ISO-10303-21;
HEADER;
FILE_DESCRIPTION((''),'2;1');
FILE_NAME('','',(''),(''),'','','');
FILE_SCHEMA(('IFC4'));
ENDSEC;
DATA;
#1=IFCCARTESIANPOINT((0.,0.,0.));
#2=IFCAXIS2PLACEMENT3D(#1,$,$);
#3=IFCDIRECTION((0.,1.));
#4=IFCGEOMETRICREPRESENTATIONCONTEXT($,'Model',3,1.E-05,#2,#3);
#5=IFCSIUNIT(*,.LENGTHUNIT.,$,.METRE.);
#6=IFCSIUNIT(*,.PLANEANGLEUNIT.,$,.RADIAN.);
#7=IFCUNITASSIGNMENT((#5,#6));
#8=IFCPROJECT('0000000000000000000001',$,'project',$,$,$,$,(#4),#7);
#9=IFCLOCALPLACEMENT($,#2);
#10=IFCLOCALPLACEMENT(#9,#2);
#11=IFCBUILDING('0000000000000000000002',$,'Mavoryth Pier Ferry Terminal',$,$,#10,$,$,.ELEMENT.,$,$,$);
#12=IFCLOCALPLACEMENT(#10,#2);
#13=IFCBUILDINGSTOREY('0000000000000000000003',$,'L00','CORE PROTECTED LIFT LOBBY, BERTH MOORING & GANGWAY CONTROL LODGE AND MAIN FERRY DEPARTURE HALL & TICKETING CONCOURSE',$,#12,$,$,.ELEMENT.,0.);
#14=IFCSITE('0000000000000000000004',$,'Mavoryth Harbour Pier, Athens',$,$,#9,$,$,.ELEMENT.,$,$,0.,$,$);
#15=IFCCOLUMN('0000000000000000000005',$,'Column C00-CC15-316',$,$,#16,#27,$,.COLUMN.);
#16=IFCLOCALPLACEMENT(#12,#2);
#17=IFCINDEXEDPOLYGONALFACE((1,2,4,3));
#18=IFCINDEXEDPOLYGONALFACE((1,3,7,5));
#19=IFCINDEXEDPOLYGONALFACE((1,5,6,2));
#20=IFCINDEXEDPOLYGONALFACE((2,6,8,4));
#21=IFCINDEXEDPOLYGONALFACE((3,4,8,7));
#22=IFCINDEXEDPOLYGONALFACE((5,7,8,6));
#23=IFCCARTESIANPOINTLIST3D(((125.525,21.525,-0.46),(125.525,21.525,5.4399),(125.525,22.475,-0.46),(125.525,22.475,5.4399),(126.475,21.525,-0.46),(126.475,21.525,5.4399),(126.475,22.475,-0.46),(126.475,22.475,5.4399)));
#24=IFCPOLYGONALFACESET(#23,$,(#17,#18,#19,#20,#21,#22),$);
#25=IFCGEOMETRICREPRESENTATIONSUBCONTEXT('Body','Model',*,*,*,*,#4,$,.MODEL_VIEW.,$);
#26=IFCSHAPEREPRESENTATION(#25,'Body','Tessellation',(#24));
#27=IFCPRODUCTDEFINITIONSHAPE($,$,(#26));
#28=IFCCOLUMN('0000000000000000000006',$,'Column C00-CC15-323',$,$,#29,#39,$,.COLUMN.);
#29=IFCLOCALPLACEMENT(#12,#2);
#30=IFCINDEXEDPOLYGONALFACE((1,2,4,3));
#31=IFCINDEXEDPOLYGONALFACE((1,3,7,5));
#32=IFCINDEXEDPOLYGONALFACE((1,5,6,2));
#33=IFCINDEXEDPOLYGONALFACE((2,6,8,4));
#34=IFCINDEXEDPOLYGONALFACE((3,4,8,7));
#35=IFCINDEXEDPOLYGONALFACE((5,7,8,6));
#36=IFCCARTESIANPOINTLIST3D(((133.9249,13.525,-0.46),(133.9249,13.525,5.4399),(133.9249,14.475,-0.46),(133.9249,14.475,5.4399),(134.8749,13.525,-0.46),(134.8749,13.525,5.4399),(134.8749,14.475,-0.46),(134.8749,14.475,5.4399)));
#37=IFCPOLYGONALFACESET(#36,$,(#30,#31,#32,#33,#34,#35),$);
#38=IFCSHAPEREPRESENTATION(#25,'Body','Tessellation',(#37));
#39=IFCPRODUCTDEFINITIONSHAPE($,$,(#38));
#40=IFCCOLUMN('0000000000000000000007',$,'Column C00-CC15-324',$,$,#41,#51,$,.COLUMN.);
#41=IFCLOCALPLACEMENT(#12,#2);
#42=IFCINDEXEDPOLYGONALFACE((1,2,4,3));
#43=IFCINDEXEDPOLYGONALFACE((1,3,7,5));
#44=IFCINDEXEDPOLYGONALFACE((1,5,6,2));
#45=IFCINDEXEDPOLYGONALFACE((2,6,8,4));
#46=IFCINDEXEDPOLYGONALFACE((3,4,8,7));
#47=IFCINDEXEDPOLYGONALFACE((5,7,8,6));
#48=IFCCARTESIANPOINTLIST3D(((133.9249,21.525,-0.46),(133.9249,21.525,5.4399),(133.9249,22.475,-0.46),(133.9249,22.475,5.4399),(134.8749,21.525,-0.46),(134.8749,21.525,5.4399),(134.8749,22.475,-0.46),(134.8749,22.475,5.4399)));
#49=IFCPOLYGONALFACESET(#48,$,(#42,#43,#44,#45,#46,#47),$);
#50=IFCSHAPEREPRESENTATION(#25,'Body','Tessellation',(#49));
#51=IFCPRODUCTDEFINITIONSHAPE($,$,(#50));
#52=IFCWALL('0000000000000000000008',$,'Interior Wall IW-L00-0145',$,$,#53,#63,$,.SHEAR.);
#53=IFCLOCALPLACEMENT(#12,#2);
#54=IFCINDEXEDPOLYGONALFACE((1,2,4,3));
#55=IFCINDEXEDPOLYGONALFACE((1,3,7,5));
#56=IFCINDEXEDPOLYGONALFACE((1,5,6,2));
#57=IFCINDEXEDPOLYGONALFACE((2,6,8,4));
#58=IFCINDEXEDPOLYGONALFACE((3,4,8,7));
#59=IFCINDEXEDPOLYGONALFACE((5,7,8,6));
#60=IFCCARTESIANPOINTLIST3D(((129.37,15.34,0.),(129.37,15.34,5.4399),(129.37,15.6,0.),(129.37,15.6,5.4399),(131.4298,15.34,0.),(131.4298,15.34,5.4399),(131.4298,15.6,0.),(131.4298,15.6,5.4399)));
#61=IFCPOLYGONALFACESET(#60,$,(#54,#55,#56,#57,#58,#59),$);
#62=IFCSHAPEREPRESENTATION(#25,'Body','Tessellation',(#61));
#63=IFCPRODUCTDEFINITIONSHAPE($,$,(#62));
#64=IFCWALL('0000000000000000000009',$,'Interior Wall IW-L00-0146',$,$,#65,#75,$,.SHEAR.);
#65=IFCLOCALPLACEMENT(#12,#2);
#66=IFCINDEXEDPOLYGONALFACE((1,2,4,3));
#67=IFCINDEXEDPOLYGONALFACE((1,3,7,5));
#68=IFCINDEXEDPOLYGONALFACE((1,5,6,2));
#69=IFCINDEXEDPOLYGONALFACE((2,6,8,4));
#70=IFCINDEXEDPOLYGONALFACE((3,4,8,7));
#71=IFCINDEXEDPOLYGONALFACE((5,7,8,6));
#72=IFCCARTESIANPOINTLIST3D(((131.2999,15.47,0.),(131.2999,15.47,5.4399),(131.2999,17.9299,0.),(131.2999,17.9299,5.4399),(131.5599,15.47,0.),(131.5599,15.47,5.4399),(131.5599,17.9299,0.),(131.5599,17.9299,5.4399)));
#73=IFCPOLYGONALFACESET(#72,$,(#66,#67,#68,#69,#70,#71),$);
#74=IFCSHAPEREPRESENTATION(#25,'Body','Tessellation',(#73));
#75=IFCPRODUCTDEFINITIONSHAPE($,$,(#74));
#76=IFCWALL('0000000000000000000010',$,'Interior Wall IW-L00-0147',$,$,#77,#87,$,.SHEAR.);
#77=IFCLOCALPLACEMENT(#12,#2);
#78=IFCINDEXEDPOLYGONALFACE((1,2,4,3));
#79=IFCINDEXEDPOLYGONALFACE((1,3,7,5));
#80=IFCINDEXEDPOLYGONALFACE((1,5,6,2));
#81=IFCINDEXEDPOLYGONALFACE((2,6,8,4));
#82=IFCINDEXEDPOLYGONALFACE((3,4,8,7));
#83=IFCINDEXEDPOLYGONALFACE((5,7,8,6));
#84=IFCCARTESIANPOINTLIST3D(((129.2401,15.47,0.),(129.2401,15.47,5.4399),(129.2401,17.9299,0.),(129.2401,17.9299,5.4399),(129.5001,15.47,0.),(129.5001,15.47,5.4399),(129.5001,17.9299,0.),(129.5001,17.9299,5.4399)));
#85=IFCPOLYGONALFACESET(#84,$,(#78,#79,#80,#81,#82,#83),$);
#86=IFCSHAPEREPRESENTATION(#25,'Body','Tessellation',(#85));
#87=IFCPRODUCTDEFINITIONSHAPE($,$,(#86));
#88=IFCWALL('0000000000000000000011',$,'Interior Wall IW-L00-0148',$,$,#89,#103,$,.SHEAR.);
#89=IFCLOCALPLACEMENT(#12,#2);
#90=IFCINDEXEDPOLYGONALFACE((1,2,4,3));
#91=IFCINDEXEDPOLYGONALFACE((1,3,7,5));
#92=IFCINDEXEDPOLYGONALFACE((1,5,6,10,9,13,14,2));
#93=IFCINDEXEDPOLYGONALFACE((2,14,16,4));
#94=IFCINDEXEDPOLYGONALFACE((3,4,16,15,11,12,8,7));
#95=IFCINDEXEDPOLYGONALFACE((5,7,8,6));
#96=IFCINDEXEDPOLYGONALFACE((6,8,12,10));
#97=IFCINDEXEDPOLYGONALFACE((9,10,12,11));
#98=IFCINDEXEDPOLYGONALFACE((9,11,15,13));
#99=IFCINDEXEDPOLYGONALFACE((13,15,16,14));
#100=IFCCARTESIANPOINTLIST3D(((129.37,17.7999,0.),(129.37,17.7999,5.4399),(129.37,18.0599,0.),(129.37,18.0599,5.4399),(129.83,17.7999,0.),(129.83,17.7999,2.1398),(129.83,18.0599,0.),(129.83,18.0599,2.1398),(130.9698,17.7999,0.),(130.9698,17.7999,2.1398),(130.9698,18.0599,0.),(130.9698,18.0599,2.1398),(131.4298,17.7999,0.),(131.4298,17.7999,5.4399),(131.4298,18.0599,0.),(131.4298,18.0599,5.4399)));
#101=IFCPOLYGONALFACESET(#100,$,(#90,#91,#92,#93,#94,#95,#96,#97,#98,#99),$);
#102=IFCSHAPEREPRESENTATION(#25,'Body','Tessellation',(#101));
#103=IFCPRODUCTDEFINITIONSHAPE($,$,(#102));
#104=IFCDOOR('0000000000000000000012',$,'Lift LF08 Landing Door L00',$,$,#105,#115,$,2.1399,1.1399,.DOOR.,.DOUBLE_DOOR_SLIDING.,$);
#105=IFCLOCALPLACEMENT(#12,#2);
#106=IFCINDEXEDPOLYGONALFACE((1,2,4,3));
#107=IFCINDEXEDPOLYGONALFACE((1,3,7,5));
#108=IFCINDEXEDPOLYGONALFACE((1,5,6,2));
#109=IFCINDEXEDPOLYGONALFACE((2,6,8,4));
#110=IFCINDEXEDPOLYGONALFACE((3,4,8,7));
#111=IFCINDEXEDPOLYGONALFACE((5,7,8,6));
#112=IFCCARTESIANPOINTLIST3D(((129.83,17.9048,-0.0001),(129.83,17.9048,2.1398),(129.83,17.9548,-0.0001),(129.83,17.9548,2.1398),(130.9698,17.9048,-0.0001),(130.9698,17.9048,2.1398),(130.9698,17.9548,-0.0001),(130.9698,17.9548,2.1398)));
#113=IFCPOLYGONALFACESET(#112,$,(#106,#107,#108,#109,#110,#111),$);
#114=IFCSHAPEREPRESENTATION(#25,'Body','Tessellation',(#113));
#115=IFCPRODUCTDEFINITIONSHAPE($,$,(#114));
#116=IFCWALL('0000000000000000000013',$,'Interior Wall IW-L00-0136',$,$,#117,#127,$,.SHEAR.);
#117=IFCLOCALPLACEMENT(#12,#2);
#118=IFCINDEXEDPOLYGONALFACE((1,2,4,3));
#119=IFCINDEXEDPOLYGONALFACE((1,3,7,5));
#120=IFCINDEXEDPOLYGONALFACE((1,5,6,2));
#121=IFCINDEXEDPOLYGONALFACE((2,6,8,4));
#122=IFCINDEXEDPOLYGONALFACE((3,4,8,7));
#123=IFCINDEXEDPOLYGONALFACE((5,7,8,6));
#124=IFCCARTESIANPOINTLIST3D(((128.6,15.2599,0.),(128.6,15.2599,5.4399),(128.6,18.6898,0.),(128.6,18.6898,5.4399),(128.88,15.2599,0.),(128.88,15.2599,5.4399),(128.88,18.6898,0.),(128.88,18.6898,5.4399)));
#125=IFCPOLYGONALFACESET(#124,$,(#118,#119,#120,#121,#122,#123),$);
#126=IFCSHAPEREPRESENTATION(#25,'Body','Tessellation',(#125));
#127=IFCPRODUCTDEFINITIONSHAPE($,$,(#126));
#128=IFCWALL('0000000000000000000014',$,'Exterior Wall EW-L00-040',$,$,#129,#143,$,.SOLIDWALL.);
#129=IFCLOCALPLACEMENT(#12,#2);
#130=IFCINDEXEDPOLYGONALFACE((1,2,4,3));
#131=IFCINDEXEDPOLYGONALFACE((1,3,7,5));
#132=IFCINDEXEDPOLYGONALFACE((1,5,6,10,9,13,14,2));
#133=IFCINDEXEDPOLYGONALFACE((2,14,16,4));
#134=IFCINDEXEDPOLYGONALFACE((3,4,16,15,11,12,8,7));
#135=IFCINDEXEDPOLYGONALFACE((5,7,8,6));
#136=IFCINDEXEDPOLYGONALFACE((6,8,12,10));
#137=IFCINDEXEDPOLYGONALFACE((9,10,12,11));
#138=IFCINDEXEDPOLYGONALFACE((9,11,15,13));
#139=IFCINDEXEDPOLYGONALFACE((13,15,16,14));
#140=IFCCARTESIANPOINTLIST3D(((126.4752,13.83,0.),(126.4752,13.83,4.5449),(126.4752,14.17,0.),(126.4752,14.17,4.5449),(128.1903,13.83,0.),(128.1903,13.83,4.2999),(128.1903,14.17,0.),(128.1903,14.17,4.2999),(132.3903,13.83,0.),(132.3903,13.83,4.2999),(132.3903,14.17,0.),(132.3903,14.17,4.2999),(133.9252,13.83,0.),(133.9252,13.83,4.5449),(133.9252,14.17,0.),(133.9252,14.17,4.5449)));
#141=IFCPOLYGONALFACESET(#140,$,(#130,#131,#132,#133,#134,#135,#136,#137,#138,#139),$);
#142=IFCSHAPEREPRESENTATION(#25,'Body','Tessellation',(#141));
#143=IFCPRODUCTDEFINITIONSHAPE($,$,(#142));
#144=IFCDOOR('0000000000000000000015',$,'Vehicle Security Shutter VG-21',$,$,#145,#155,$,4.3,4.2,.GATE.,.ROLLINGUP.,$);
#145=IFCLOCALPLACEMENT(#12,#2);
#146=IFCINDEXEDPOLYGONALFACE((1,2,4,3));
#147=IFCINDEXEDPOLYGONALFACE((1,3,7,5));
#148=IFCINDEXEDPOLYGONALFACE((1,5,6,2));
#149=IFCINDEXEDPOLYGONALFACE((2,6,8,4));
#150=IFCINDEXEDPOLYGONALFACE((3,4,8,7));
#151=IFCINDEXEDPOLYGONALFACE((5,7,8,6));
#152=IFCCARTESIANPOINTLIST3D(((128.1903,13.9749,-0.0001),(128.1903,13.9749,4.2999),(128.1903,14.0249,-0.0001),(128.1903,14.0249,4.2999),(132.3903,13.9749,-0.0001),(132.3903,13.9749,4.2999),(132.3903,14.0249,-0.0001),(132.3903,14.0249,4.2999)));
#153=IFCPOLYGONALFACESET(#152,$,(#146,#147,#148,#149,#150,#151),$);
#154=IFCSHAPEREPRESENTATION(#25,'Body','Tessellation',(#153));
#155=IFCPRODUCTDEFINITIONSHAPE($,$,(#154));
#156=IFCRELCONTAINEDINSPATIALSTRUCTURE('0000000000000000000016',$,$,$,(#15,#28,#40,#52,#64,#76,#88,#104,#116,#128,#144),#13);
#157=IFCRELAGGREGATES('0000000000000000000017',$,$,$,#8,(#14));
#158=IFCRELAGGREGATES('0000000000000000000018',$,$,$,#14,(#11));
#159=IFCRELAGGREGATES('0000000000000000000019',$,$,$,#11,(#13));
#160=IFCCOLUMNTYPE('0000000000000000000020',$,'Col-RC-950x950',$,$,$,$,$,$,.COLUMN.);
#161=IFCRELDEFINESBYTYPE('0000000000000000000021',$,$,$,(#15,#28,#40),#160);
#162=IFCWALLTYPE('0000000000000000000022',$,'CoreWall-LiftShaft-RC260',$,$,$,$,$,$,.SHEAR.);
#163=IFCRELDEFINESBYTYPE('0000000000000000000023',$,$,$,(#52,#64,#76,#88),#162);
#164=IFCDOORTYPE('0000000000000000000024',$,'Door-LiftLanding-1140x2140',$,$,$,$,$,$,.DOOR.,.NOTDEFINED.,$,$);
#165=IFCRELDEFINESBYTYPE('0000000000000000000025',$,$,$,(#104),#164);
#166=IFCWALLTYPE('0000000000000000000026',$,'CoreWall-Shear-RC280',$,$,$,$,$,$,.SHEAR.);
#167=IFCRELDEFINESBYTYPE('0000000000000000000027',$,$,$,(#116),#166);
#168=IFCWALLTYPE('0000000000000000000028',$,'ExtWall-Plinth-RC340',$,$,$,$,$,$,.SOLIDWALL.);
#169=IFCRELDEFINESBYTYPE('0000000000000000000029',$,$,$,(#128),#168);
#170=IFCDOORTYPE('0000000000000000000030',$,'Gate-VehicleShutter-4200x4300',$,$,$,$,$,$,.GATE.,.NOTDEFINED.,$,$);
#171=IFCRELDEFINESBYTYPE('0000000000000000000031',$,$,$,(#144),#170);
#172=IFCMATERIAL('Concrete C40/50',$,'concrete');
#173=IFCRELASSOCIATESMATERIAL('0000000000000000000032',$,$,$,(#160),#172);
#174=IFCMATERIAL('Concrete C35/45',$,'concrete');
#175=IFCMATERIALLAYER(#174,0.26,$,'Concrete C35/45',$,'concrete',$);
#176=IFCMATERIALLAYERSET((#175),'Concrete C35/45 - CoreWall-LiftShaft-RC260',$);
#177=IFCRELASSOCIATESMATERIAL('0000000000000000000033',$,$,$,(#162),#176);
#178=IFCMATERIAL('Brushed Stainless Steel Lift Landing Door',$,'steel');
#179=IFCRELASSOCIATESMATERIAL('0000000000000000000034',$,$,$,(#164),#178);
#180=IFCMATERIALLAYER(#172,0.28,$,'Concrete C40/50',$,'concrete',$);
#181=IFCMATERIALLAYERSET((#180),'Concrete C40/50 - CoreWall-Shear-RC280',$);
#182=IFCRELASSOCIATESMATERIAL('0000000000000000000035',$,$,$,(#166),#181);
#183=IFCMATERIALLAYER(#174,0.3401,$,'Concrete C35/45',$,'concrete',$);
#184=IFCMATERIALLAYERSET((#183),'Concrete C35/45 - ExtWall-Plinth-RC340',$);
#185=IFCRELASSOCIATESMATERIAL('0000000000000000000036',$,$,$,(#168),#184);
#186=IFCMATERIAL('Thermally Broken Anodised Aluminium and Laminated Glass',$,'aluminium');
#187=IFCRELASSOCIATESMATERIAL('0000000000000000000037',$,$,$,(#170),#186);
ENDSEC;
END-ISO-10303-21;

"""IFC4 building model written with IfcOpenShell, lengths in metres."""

from ifc_helpers import new_model, si_unit, direction, frame, frame_2d, origin, origin_2d, place, context, subcontext, project, spatial, rectangle, extrude, material, layer, layer_set, material_profile, profile_set, type_object, element, fill, save


model = new_model("IFC4")

# Units and contexts
model_context = context("Model", 3, precision=1e-05, world=origin(), true_north=direction((0.0, 1.0)))
body_context = subcontext(model_context, "Body", "Model", "MODEL_VIEW")
ifc_project = project(units=[si_unit("LENGTHUNIT", "METRE"), si_unit("PLANEANGLEUNIT", "RADIAN")], contexts=[model_context])

# Site, building, storey
site_placement = place(None, origin())
site = spatial("IfcSite", under=ifc_project, at=site_placement, Name="Mavoryth Harbour Pier, Athens", CompositionType="ELEMENT", RefElevation=0.0)
building_placement = place(site_placement, origin())
building = spatial("IfcBuilding", under=site, at=building_placement, Name="Mavoryth Pier Ferry Terminal", CompositionType="ELEMENT")
storey_placement = place(building_placement, origin())
storey = spatial("IfcBuildingStorey", under=building, at=storey_placement, Name="L00", Description="CORE PROTECTED LIFT LOBBY, BERTH MOORING & GANGWAY CONTROL LODGE AND MAIN FERRY DEPARTURE HALL & TICKETING CONCOURSE", CompositionType="ELEMENT", Elevation=0.0)

# Shared definitions
ifc_material_1 = material(Name="Concrete C35/45", Category="concrete")

# Columns
ifc_material_2 = material(Name="Concrete C40/50", Category="concrete")
ifc_material_profile_1 = material_profile(ifc_material_2, rectangle(XDim=0.95, YDim=0.95, at=origin_2d()), Name="RC 950x950", Category="concrete")
ifc_profile_set_1 = profile_set([ifc_material_profile_1], Name="Concrete C40/50 - RC 950x950")
column_type = type_object("IfcColumnType", Name="Col-RC-950x950", PredefinedType="COLUMN", material=ifc_profile_set_1)
for number, where, z_axis, x_axis, name in (
    (1, (126.0, 22.0, -0.46), (0.0, 0.0, 1.0), (1.0, 0.0, 0.0), "Column C00-CC15-316"),
    (2, (134.3999, 14.0, -0.46), (0.0, 0.0, 1.0), (1.0, 0.0, 0.0), "Column C00-CC15-323"),
    (3, (134.3999, 22.0, -0.46), (0.0, 0.0, 1.0), (1.0, 0.0, 0.0), "Column C00-CC15-324"),
):
    element("IfcColumn", number, at=place(storey_placement, frame(where, z_axis=z_axis, x_axis=x_axis)), inside=storey, type_object=column_type, Name=name, PredefinedType="COLUMN", context=body_context, shape_type="SweptSolid", body=[
        extrude(rectangle(XDim=0.95, YDim=0.95, at=origin_2d()), origin(), (0.0, 0.0, 1.0), 5.8999),
    ])

# Walls
ifc_layer_1 = layer(ifc_material_1, 0.26, Name="Concrete C35/45", Category="concrete")
ifc_layer_set_1 = layer_set([ifc_layer_1], Name="Concrete C35/45 - CoreWall-LiftShaft-RC260")
wall_type_1 = type_object("IfcWallType", Name="CoreWall-LiftShaft-RC260", PredefinedType="SHEAR", material=ifc_layer_set_1)
wall_1_placement = place(storey_placement, frame((129.3701, 15.47, 0.0), z_axis=(0.0, 0.0, 1.0), x_axis=(1.0, 0.0, 0.0)))
element("IfcWall", 4, at=wall_1_placement, inside=storey, type_object=wall_type_1, Name="Interior Wall IW-L00-0145", PredefinedType="SHEAR", context=body_context, shape_type="SweptSolid", body=[
    extrude(rectangle(XDim=2.0598, YDim=0.26, at=frame_2d((1.0298, 0.0))), origin(), (0.0, 0.0, 1.0), 5.4399),
])
for number, where, z_axis, x_axis, name in (
    (5, (131.4299, 15.47, 0.0), (0.0, 0.0, 1.0), (0.0, 1.0, 0.0), "Interior Wall IW-L00-0146"),
    (6, (129.3701, 17.9299, 0.0), (0.0, 0.0, 1.0), (0.0, -1.0, 0.0), "Interior Wall IW-L00-0147"),
):
    element("IfcWall", number, at=place(storey_placement, frame(where, z_axis=z_axis, x_axis=x_axis)), inside=storey, type_object=wall_type_1, Name=name, PredefinedType="SHEAR", context=body_context, shape_type="SweptSolid", body=[
        extrude(rectangle(XDim=2.46, YDim=0.26, at=frame_2d((1.23, 0.0))), origin(), (0.0, 0.0, 1.0), 5.4399),
    ])

# Wall, opening, door
wall_2_placement = place(storey_placement, frame((129.3701, 17.9299, 0.0), z_axis=(0.0, 0.0, 1.0), x_axis=(1.0, 0.0, 0.0)))
wall_2 = element("IfcWall", 7, at=wall_2_placement, inside=storey, type_object=wall_type_1, Name="Interior Wall IW-L00-0148", PredefinedType="SHEAR", context=body_context, shape_type="SweptSolid", body=[
    extrude(rectangle(XDim=2.0598, YDim=0.26, at=frame_2d((1.0298, 0.0))), origin(), (0.0, 0.0, 1.0), 5.4399),
])
opening_1_placement = place(wall_2_placement, frame((0.46, 0.0, 0.0)))
opening_1 = element("IfcOpeningElement", 8, at=opening_1_placement, cuts=wall_2, PredefinedType="OPENING", context=body_context, shape_type="SweptSolid", body=[
    extrude(rectangle(XDim=1.1399, YDim=2.1399, at=frame_2d((0.5698, 1.0698))), frame((0.0, 0.1399, 0.0), z_axis=(0.0, -1.0, 0.0), x_axis=(1.0, 0.0, 0.0)), (0.0, 0.0, 1.0), 0.28),
])
ifc_material_3 = material(Name="Brushed Stainless Steel Lift Landing Door", Category="steel")
door_type_1 = type_object("IfcDoorType", Name="Door-LiftLanding-1140x2140", OperationType="NOTDEFINED", PredefinedType="DOOR", material=ifc_material_3)
door_1_placement = place(opening_1_placement, origin())
door_1 = element("IfcDoor", 9, at=door_1_placement, inside=storey, type_object=door_type_1, Name="Lift LF08 Landing Door L00", OperationType="DOUBLE_DOOR_SLIDING", OverallHeight=2.1399, OverallWidth=1.1399, PredefinedType="DOOR", context=body_context, shape_type="SweptSolid", body=[
    extrude(rectangle(XDim=1.1399, YDim=2.1399, at=frame_2d((0.5698, 1.0698))), frame((0.0, 0.0249, 0.0), z_axis=(0.0, -1.0, 0.0), x_axis=(1.0, 0.0, 0.0)), (0.0, 0.0, 1.0), 0.05),
])
fill(opening_1, door_1)

# Wall
ifc_layer_2 = layer(ifc_material_2, 0.28, Name="Concrete C40/50", Category="concrete")
ifc_layer_set_2 = layer_set([ifc_layer_2], Name="Concrete C40/50 - CoreWall-Shear-RC280")
wall_type_2 = type_object("IfcWallType", Name="CoreWall-Shear-RC280", PredefinedType="SHEAR", material=ifc_layer_set_2)
wall_3_placement = place(storey_placement, frame((128.74, 15.26, 0.0), z_axis=(0.0, 0.0, 1.0), x_axis=(0.0, 1.0, 0.0)))
element("IfcWall", 10, at=wall_3_placement, inside=storey, type_object=wall_type_2, Name="Interior Wall IW-L00-0136", PredefinedType="SHEAR", context=body_context, shape_type="SweptSolid", body=[
    extrude(rectangle(XDim=3.4299, YDim=0.28, at=frame_2d((1.7148, 0.0))), origin(), (0.0, 0.0, 1.0), 5.4399),
])

# Wall, opening, door
ifc_layer_3 = layer(ifc_material_1, 0.3401, Name="Concrete C35/45", Category="concrete")
ifc_layer_set_3 = layer_set([ifc_layer_3], Name="Concrete C35/45 - ExtWall-Plinth-RC340")
wall_type_3 = type_object("IfcWallType", Name="ExtWall-Plinth-RC340", PredefinedType="SOLIDWALL", material=ifc_layer_set_3)
wall_4_placement = place(storey_placement, frame((126.4751, 14.0, 0.0), z_axis=(0.0, 0.0, 1.0), x_axis=(1.0, 0.0, 0.0)))
wall_4 = element("IfcWall", 11, at=wall_4_placement, inside=storey, type_object=wall_type_3, Name="Exterior Wall EW-L00-040", PredefinedType="SOLIDWALL", context=body_context, shape_type="SweptSolid", body=[
    extrude(rectangle(XDim=7.45, YDim=0.3401, at=frame_2d((3.7251, 0.0))), origin(), (0.0, 0.0, 1.0), 4.5449),
])
opening_2_placement = place(wall_4_placement, frame((1.7151, 0.0, 0.0)))
opening_2 = element("IfcOpeningElement", 12, at=opening_2_placement, cuts=wall_4, PredefinedType="OPENING", context=body_context, shape_type="SweptSolid", body=[
    extrude(rectangle(XDim=4.2, YDim=4.3, at=frame_2d((2.1001, 2.1499))), frame((0.0, 0.1799, 0.0), z_axis=(0.0, -1.0, 0.0), x_axis=(1.0, 0.0, 0.0)), (0.0, 0.0, 1.0), 0.3601),
])
ifc_material_4 = material(Name="Thermally Broken Anodised Aluminium and Laminated Glass", Category="aluminium")
door_type_2 = type_object("IfcDoorType", Name="Gate-VehicleShutter-4200x4300", OperationType="NOTDEFINED", PredefinedType="GATE", material=ifc_material_4)
door_2_placement = place(opening_2_placement, origin())
door_2 = element("IfcDoor", 13, at=door_2_placement, inside=storey, type_object=door_type_2, Name="Vehicle Security Shutter VG-21", OperationType="ROLLINGUP", OverallHeight=4.3, OverallWidth=4.2, PredefinedType="GATE", context=body_context, shape_type="SweptSolid", body=[
    extrude(rectangle(XDim=4.2, YDim=4.3, at=frame_2d((2.1001, 2.1499))), frame((0.0, 0.0249, 0.0), z_axis=(0.0, -1.0, 0.0), x_axis=(1.0, 0.0, 0.0)), (0.0, 0.0, 1.0), 0.05),
])
fill(opening_2, door_2)

save(model, "model.ifc")
